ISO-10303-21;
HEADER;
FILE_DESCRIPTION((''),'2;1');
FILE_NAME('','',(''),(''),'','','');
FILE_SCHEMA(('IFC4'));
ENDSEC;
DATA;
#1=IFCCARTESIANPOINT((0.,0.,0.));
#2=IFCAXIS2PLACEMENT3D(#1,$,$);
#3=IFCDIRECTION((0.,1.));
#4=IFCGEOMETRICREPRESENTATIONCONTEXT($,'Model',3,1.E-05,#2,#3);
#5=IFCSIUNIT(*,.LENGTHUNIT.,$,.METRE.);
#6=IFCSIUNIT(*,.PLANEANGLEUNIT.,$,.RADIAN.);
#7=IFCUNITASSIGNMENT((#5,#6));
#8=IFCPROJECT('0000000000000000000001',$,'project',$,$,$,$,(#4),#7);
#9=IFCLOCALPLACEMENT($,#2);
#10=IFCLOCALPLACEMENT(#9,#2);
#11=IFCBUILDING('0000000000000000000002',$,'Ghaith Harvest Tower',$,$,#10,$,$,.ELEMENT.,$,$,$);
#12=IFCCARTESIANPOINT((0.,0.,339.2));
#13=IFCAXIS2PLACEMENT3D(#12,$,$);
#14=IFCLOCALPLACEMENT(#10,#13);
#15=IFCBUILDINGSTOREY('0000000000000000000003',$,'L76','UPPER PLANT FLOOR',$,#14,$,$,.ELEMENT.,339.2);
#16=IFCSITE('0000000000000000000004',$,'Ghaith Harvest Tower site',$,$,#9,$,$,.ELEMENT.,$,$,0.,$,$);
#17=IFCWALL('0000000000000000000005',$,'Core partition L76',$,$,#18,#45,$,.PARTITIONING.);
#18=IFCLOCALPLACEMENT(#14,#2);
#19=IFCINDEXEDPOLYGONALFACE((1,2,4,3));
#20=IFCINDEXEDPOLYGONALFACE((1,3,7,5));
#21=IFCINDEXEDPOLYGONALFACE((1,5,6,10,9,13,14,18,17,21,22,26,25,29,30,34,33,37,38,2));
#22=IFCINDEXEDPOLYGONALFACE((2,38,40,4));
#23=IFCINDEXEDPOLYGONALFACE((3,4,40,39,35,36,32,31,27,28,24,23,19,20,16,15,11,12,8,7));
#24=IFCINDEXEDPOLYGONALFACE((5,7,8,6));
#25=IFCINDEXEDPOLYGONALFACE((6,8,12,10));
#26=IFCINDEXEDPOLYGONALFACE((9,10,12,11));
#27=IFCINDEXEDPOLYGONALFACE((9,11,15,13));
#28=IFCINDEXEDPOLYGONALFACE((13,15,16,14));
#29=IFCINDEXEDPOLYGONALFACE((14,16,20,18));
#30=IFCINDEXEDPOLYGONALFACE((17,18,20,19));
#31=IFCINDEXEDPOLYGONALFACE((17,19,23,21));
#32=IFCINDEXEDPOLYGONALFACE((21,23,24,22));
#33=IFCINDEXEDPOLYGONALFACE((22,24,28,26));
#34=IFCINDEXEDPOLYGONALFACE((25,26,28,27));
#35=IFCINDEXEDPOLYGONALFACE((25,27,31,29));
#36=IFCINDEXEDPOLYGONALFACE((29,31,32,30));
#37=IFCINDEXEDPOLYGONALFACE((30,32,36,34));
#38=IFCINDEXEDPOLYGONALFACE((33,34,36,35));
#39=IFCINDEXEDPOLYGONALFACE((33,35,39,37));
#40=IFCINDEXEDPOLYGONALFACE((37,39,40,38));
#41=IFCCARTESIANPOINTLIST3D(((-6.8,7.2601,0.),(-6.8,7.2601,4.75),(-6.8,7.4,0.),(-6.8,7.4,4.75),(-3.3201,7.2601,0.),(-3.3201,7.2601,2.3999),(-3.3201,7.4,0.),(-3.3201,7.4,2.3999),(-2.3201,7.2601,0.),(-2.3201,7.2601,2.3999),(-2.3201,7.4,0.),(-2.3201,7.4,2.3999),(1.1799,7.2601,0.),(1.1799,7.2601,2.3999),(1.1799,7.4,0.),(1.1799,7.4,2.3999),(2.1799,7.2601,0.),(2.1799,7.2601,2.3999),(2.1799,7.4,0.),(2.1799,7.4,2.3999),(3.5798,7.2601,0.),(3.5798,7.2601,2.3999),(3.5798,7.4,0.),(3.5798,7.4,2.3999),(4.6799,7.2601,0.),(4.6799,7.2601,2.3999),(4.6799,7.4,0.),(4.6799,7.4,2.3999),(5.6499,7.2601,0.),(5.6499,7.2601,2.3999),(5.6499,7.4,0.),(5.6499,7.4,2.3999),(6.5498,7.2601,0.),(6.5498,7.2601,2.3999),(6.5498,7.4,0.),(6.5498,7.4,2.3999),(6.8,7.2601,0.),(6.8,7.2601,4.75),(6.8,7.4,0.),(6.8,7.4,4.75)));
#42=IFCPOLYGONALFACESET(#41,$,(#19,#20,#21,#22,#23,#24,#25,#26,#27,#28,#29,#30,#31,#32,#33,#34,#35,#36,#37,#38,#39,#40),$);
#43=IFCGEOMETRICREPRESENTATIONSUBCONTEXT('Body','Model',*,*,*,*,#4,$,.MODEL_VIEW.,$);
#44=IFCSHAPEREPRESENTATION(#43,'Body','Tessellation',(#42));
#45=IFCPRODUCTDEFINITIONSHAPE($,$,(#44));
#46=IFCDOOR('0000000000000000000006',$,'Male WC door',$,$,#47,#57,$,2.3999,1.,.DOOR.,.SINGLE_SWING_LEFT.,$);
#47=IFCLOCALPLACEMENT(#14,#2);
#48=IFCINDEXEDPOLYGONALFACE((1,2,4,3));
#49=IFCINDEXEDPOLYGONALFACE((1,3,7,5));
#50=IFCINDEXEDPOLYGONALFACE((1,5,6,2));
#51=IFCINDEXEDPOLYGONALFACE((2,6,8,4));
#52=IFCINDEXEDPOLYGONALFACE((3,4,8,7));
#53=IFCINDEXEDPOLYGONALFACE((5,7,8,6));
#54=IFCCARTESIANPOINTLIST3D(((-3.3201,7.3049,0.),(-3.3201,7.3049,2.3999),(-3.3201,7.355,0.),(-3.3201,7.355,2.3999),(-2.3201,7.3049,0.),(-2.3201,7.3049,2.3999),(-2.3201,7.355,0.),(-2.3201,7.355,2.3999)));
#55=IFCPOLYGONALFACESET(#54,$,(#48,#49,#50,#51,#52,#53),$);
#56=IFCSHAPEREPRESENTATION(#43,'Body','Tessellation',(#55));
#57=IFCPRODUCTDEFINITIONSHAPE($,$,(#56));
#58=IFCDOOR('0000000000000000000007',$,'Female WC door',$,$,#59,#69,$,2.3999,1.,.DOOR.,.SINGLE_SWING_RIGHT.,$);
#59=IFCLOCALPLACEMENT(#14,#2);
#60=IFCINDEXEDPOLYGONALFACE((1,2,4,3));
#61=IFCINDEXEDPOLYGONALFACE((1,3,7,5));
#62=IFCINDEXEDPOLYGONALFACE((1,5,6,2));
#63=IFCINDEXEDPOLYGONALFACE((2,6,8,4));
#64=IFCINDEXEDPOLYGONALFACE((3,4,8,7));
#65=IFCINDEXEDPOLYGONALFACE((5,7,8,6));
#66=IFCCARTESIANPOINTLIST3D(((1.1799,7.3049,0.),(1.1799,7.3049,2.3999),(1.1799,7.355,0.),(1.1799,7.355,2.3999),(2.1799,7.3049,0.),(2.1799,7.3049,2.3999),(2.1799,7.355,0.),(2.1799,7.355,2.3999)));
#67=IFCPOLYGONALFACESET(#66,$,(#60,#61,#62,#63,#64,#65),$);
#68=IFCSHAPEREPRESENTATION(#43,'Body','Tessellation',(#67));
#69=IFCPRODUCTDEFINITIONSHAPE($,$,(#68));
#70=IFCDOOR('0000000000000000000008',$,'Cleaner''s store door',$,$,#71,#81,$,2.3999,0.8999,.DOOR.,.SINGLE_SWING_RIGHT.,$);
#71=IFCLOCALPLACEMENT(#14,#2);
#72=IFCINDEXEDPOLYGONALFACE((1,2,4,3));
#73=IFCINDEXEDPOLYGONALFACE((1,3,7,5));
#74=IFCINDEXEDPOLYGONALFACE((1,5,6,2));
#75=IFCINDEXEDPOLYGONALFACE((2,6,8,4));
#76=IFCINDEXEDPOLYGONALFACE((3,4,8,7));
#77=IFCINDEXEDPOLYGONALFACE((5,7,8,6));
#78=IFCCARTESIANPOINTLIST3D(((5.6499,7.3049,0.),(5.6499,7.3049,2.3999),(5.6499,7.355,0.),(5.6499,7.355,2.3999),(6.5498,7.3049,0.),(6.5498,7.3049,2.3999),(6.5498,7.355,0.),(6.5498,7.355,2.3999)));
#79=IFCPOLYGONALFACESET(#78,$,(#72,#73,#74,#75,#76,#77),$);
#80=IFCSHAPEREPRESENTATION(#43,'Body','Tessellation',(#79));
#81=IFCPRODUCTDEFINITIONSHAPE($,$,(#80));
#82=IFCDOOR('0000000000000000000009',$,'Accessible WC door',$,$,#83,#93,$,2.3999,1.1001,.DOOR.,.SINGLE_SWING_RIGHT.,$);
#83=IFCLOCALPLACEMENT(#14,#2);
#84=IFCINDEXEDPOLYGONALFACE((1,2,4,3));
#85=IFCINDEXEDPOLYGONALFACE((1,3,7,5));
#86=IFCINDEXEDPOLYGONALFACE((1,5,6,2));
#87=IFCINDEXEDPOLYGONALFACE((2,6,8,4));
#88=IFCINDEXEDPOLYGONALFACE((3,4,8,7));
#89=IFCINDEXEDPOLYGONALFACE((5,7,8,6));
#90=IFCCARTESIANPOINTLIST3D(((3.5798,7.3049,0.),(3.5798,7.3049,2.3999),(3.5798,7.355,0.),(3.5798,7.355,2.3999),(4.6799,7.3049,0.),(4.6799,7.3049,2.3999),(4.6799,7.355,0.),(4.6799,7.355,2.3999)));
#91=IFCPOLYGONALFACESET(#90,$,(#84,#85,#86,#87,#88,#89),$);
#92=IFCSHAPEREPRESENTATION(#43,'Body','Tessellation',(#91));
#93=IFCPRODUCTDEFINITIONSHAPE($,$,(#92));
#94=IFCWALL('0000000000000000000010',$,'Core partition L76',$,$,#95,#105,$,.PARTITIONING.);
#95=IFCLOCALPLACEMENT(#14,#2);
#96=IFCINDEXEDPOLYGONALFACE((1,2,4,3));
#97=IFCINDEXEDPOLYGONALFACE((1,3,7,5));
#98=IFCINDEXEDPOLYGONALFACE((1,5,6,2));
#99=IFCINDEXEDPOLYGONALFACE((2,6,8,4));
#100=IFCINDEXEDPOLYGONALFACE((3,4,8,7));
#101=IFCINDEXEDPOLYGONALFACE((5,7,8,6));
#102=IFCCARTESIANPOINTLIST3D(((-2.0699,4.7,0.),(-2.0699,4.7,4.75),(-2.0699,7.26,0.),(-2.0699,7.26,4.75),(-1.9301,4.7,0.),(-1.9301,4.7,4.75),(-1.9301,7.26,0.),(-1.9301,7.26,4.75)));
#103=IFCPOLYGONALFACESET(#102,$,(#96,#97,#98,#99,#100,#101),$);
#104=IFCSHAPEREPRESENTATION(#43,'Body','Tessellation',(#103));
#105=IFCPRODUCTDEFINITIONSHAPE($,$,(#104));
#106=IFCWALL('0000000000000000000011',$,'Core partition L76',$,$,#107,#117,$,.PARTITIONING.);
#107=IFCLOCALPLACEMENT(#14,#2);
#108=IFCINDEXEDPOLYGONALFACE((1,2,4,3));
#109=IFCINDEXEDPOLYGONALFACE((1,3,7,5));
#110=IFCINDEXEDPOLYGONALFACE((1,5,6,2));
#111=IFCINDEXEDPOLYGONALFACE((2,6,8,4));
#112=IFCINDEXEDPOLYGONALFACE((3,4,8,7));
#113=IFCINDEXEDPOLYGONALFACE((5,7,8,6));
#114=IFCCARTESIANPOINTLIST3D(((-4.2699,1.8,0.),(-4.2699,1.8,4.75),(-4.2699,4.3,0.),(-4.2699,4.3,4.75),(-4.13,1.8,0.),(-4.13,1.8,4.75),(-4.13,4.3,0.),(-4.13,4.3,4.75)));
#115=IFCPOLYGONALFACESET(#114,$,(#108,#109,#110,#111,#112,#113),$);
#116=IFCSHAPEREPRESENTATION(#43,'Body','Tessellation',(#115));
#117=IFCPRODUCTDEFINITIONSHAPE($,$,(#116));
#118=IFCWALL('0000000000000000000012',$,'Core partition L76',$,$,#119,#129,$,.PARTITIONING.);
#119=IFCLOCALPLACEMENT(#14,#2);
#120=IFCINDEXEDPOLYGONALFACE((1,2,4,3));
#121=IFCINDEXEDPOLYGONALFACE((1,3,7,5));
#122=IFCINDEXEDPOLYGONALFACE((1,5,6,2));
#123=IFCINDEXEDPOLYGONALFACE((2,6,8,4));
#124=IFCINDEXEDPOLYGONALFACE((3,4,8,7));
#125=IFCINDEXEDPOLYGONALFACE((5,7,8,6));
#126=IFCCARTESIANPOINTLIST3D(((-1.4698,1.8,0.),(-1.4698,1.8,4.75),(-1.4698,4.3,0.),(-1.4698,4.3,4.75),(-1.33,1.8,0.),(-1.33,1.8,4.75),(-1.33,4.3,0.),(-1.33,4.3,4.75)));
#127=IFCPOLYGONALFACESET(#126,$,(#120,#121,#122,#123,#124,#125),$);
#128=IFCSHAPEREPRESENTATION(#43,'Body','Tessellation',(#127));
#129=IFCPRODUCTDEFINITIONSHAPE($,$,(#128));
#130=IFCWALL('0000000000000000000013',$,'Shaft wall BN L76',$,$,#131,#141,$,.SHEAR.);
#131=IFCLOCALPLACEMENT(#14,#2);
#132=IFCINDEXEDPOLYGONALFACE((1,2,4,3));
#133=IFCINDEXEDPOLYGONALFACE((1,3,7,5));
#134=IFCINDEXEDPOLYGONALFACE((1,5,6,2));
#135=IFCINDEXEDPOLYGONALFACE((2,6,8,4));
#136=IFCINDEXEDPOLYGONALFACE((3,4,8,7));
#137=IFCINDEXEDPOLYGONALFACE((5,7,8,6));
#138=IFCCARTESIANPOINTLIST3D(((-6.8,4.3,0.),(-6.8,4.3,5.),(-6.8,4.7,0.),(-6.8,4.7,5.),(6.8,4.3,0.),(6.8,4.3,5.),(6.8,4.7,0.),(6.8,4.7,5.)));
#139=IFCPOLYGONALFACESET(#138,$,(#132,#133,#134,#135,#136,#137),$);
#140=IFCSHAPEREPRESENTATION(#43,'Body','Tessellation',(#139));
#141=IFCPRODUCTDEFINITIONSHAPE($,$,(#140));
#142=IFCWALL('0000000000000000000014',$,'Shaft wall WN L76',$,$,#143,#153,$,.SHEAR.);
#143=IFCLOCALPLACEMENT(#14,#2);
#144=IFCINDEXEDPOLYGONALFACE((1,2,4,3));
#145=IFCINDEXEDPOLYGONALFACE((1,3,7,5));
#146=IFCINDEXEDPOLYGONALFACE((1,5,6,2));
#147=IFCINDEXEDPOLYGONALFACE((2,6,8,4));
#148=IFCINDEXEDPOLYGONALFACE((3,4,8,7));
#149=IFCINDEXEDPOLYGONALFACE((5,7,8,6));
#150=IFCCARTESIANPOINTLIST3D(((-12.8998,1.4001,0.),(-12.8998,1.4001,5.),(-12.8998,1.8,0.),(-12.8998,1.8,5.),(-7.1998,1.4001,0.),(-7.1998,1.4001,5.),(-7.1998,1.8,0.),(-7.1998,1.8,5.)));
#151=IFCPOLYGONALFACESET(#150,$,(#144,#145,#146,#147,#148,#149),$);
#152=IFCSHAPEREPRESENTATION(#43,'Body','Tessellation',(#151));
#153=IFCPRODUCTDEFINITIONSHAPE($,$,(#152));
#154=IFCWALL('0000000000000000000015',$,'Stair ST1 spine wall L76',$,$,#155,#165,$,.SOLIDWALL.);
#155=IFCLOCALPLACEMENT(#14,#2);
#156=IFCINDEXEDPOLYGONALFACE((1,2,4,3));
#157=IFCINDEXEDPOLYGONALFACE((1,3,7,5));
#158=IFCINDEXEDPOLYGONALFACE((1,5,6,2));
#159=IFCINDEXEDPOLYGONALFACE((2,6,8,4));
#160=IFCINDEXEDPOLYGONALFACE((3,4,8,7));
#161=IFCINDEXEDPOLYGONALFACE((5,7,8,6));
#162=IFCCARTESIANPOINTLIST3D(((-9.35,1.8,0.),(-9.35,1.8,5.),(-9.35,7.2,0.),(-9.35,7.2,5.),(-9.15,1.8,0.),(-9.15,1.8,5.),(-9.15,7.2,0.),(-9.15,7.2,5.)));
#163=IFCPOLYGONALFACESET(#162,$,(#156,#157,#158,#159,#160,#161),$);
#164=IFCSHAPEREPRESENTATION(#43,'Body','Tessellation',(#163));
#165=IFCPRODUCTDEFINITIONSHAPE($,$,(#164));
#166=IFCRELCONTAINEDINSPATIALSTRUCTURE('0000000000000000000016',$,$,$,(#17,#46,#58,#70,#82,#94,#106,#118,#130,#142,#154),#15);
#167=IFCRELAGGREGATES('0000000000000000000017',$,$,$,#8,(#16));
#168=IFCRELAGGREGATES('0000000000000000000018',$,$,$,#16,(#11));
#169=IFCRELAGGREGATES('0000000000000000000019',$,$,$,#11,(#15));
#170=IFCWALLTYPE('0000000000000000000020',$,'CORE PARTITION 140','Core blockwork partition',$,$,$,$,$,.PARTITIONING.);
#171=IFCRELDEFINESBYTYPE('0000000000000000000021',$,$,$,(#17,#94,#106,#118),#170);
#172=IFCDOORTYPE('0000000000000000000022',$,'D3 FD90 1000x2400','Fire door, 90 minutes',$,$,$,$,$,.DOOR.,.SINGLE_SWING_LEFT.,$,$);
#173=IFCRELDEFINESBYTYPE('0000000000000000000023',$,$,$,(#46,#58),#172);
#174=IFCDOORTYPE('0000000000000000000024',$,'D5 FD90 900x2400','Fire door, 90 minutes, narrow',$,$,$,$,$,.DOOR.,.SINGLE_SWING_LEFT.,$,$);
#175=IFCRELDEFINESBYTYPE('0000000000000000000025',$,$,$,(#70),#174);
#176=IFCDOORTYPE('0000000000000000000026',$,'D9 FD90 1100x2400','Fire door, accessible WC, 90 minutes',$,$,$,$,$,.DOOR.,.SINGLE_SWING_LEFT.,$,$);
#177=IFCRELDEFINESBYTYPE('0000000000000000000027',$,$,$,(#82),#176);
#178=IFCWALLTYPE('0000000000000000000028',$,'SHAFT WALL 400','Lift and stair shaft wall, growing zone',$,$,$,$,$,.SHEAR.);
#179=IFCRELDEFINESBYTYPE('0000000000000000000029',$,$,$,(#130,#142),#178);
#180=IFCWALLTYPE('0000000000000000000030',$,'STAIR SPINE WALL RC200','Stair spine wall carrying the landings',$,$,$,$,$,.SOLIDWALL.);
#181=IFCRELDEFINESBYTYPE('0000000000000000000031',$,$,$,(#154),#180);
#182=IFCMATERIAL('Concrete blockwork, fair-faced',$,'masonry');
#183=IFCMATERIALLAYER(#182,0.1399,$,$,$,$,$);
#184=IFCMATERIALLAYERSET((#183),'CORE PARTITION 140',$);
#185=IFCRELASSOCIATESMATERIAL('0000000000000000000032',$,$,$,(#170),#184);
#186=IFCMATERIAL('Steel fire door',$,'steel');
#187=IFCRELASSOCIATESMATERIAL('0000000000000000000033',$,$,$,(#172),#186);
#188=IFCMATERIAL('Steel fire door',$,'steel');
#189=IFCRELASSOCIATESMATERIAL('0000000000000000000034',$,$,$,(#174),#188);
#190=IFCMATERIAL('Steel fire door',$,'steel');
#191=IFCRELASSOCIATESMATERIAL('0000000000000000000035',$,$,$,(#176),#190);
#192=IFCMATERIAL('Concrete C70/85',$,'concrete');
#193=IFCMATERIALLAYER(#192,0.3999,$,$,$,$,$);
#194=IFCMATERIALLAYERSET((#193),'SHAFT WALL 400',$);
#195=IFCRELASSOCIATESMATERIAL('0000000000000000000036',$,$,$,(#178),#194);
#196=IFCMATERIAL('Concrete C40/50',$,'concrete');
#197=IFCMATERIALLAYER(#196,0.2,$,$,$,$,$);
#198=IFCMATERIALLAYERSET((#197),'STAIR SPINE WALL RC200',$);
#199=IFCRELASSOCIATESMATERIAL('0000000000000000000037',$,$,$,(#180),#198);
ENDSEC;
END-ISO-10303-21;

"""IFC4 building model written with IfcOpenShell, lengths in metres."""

from ifc_helpers import new_model, si_unit, direction, frame, frame_2d, origin, place, context, subcontext, project, spatial, rectangle, extrude, material, layer, layer_set, type_object, element, fill, save


model = new_model("IFC4")

# Units and contexts
model_context = context("Model", 3, precision=1e-05, world=origin(), true_north=direction((0.0, 1.0)))
body_context = subcontext(model_context, "Body", "Model", "MODEL_VIEW")
ifc_project = project(units=[si_unit("LENGTHUNIT", "METRE"), si_unit("PLANEANGLEUNIT", "RADIAN")], contexts=[model_context])

# Site, building, storey
site_placement = place(None, origin())
site = spatial("IfcSite", under=ifc_project, at=site_placement, Name="Ghaith Harvest Tower site", CompositionType="ELEMENT", RefElevation=0.0)
building_placement = place(site_placement, origin())
building = spatial("IfcBuilding", under=site, at=building_placement, Name="Ghaith Harvest Tower", CompositionType="ELEMENT")
storey_placement = place(building_placement, frame((0.0, 0.0, 339.2)))
storey = spatial("IfcBuildingStorey", under=building, at=storey_placement, Name="L76", Description="UPPER PLANT FLOOR", CompositionType="ELEMENT", Elevation=339.2)

# Wall, openings, doors
ifc_material_1 = material(Name="Concrete blockwork, fair-faced", Category="masonry")
ifc_layer_1 = layer(ifc_material_1, 0.1399)
ifc_layer_set_1 = layer_set([ifc_layer_1], Name="CORE PARTITION 140")
wall_type_1 = type_object("IfcWallType", Name="CORE PARTITION 140", Description="Core blockwork partition", PredefinedType="PARTITIONING", material=ifc_layer_set_1)
wall_1_placement = place(storey_placement, frame((-6.8, 7.3301, 0.0), z_axis=(0.0, 0.0, 1.0), x_axis=(1.0, 0.0, 0.0)))
wall_1 = element("IfcWall", 1, at=wall_1_placement, inside=storey, type_object=wall_type_1, Name="Core partition L76", PredefinedType="PARTITIONING", context=body_context, shape_type="SweptSolid", body=[
    extrude(rectangle(XDim=13.6001, YDim=0.1399, at=frame_2d((6.8, 0.0))), origin(), (0.0, 0.0, 1.0), 4.75),
])
opening_1_placement = place(wall_1_placement, frame((3.48, 0.0, 0.0)))
opening_1 = element("IfcOpeningElement", 2, at=opening_1_placement, cuts=wall_1, PredefinedType="OPENING", context=body_context, shape_type="SweptSolid", body=[
    extrude(rectangle(XDim=1.0, YDim=2.3999, at=frame_2d((0.5, 1.2))), frame((0.0, 0.0801, 0.0), z_axis=(0.0, -1.0, 0.0), x_axis=(1.0, 0.0, 0.0)), (0.0, 0.0, 1.0), 0.1599),
])
opening_2_placement = place(wall_1_placement, frame((7.98, 0.0, 0.0)))
opening_2 = element("IfcOpeningElement", 3, at=opening_2_placement, cuts=wall_1, PredefinedType="OPENING", context=body_context, shape_type="SweptSolid", body=[
    extrude(rectangle(XDim=1.0, YDim=2.3999, at=frame_2d((0.5, 1.2))), frame((0.0, 0.0801, 0.0), z_axis=(0.0, -1.0, 0.0), x_axis=(1.0, 0.0, 0.0)), (0.0, 0.0, 1.0), 0.1599),
])
opening_3_placement = place(wall_1_placement, frame((10.3799, 0.0, 0.0)))
opening_3 = element("IfcOpeningElement", 4, at=opening_3_placement, cuts=wall_1, PredefinedType="OPENING", context=body_context, shape_type="SweptSolid", body=[
    extrude(rectangle(XDim=1.1001, YDim=2.3999, at=frame_2d((0.55, 1.2))), frame((0.0, 0.0801, 0.0), z_axis=(0.0, -1.0, 0.0), x_axis=(1.0, 0.0, 0.0)), (0.0, 0.0, 1.0), 0.1599),
])
opening_4_placement = place(wall_1_placement, frame((12.45, 0.0, 0.0)))
opening_4 = element("IfcOpeningElement", 5, at=opening_4_placement, cuts=wall_1, PredefinedType="OPENING", context=body_context, shape_type="SweptSolid", body=[
    extrude(rectangle(XDim=0.8999, YDim=2.3999, at=frame_2d((0.45, 1.2))), frame((0.0, 0.0801, 0.0), z_axis=(0.0, -1.0, 0.0), x_axis=(1.0, 0.0, 0.0)), (0.0, 0.0, 1.0), 0.1599),
])
ifc_material_2 = material(Name="Steel fire door", Category="steel")
door_type_1 = type_object("IfcDoorType", Name="D3 FD90 1000x2400", Description="Fire door, 90 minutes", OperationType="SINGLE_SWING_LEFT", PredefinedType="DOOR", material=ifc_material_2)
door_1_placement = place(opening_1_placement, origin())
door_1 = element("IfcDoor", 6, at=door_1_placement, inside=storey, type_object=door_type_1, Name="Male WC door", OperationType="SINGLE_SWING_LEFT", OverallHeight=2.3999, OverallWidth=1.0, PredefinedType="DOOR", context=body_context, shape_type="SweptSolid", body=[
    extrude(rectangle(XDim=1.0, YDim=2.3999, at=frame_2d((0.5, 1.2))), frame((0.0, 0.0249, 0.0), z_axis=(0.0, -1.0, 0.0), x_axis=(1.0, 0.0, 0.0)), (0.0, 0.0, 1.0), 0.05),
])
fill(opening_1, door_1)
door_2_placement = place(opening_2_placement, origin())
door_2 = element("IfcDoor", 7, at=door_2_placement, inside=storey, type_object=door_type_1, Name="Female WC door", OperationType="SINGLE_SWING_RIGHT", OverallHeight=2.3999, OverallWidth=1.0, PredefinedType="DOOR", context=body_context, shape_type="SweptSolid", body=[
    extrude(rectangle(XDim=1.0, YDim=2.3999, at=frame_2d((0.5, 1.2))), frame((0.0, 0.0249, 0.0), z_axis=(0.0, -1.0, 0.0), x_axis=(1.0, 0.0, 0.0)), (0.0, 0.0, 1.0), 0.05),
])
fill(opening_2, door_2)
ifc_material_3 = material(Name="Steel fire door", Category="steel")
door_type_2 = type_object("IfcDoorType", Name="D5 FD90 900x2400", Description="Fire door, 90 minutes, narrow", OperationType="SINGLE_SWING_LEFT", PredefinedType="DOOR", material=ifc_material_3)
door_3_placement = place(opening_4_placement, origin())
door_3 = element("IfcDoor", 8, at=door_3_placement, inside=storey, type_object=door_type_2, Name="Cleaner's store door", OperationType="SINGLE_SWING_RIGHT", OverallHeight=2.3999, OverallWidth=0.8999, PredefinedType="DOOR", context=body_context, shape_type="SweptSolid", body=[
    extrude(rectangle(XDim=0.8999, YDim=2.3999, at=frame_2d((0.45, 1.2))), frame((0.0, 0.0249, 0.0), z_axis=(0.0, -1.0, 0.0), x_axis=(1.0, 0.0, 0.0)), (0.0, 0.0, 1.0), 0.05),
])
fill(opening_4, door_3)
ifc_material_4 = material(Name="Steel fire door", Category="steel")
door_type_3 = type_object("IfcDoorType", Name="D9 FD90 1100x2400", Description="Fire door, accessible WC, 90 minutes", OperationType="SINGLE_SWING_LEFT", PredefinedType="DOOR", material=ifc_material_4)
door_4_placement = place(opening_3_placement, origin())
door_4 = element("IfcDoor", 9, at=door_4_placement, inside=storey, type_object=door_type_3, Name="Accessible WC door", OperationType="SINGLE_SWING_RIGHT", OverallHeight=2.3999, OverallWidth=1.1001, PredefinedType="DOOR", context=body_context, shape_type="SweptSolid", body=[
    extrude(rectangle(XDim=1.1001, YDim=2.3999, at=frame_2d((0.55, 1.2))), frame((0.0, 0.0249, 0.0), z_axis=(0.0, -1.0, 0.0), x_axis=(1.0, 0.0, 0.0)), (0.0, 0.0, 1.0), 0.05),
])
fill(opening_3, door_4)

# Walls
wall_2_placement = place(storey_placement, frame((-2.0, 4.7, 0.0), z_axis=(0.0, 0.0, 1.0), x_axis=(0.0, 1.0, 0.0)))
element("IfcWall", 10, at=wall_2_placement, inside=storey, type_object=wall_type_1, Name="Core partition L76", PredefinedType="PARTITIONING", context=body_context, shape_type="SweptSolid", body=[
    extrude(rectangle(XDim=2.5601, YDim=0.1399, at=frame_2d((1.28, 0.0))), origin(), (0.0, 0.0, 1.0), 4.75),
])
for number, where, z_axis, x_axis, name in (
    (11, (-4.2, 1.8, 0.0), (0.0, 0.0, 1.0), (0.0, 1.0, 0.0), "Core partition L76"),
    (12, (-1.3999, 1.8, 0.0), (0.0, 0.0, 1.0), (0.0, 1.0, 0.0), "Core partition L76"),
):
    element("IfcWall", number, at=place(storey_placement, frame(where, z_axis=z_axis, x_axis=x_axis)), inside=storey, type_object=wall_type_1, Name=name, PredefinedType="PARTITIONING", context=body_context, shape_type="SweptSolid", body=[
        extrude(rectangle(XDim=2.5, YDim=0.1399, at=frame_2d((1.25, 0.0))), origin(), (0.0, 0.0, 1.0), 4.75),
    ])

# Shared definitions
ifc_material_5 = material(Name="Concrete C70/85", Category="concrete")
ifc_layer_2 = layer(ifc_material_5, 0.3999)
ifc_layer_set_2 = layer_set([ifc_layer_2], Name="SHAFT WALL 400")
wall_type_2 = type_object("IfcWallType", Name="SHAFT WALL 400", Description="Lift and stair shaft wall, growing zone", PredefinedType="SHEAR", material=ifc_layer_set_2)

# Walls
wall_3_placement = place(storey_placement, frame((-6.8, 4.5, 0.0), z_axis=(0.0, 0.0, 1.0), x_axis=(1.0, 0.0, 0.0)))
element("IfcWall", 13, at=wall_3_placement, inside=storey, type_object=wall_type_2, Name="Shaft wall BN L76", PredefinedType="SHEAR", context=body_context, shape_type="SweptSolid", body=[
    extrude(rectangle(XDim=13.6001, YDim=0.3999, at=frame_2d((6.8, 0.0))), origin(), (0.0, 0.0, 1.0), 5.0),
])
wall_4_placement = place(storey_placement, frame((-12.8999, 1.6001, 0.0), z_axis=(0.0, 0.0, 1.0), x_axis=(1.0, 0.0, 0.0)))
element("IfcWall", 14, at=wall_4_placement, inside=storey, type_object=wall_type_2, Name="Shaft wall WN L76", PredefinedType="SHEAR", context=body_context, shape_type="SweptSolid", body=[
    extrude(rectangle(XDim=5.7, YDim=0.3999, at=frame_2d((2.8501, 0.0))), origin(), (0.0, 0.0, 1.0), 5.0),
])
ifc_material_6 = material(Name="Concrete C40/50", Category="concrete")
ifc_layer_3 = layer(ifc_material_6, 0.2)
ifc_layer_set_3 = layer_set([ifc_layer_3], Name="STAIR SPINE WALL RC200")
wall_type_3 = type_object("IfcWallType", Name="STAIR SPINE WALL RC200", Description="Stair spine wall carrying the landings", PredefinedType="SOLIDWALL", material=ifc_layer_set_3)
wall_5_placement = place(storey_placement, frame((-9.25, 7.2, 0.0), z_axis=(0.0, 0.0, 1.0), x_axis=(0.0, -1.0, 0.0)))
element("IfcWall", 15, at=wall_5_placement, inside=storey, type_object=wall_type_3, Name="Stair ST1 spine wall L76", PredefinedType="SOLIDWALL", context=body_context, shape_type="SweptSolid", body=[
    extrude(rectangle(XDim=5.3999, YDim=0.2, at=frame_2d((2.7, 0.0))), origin(), (0.0, 0.0, 1.0), 5.0),
])

save(model, "model.ifc")
